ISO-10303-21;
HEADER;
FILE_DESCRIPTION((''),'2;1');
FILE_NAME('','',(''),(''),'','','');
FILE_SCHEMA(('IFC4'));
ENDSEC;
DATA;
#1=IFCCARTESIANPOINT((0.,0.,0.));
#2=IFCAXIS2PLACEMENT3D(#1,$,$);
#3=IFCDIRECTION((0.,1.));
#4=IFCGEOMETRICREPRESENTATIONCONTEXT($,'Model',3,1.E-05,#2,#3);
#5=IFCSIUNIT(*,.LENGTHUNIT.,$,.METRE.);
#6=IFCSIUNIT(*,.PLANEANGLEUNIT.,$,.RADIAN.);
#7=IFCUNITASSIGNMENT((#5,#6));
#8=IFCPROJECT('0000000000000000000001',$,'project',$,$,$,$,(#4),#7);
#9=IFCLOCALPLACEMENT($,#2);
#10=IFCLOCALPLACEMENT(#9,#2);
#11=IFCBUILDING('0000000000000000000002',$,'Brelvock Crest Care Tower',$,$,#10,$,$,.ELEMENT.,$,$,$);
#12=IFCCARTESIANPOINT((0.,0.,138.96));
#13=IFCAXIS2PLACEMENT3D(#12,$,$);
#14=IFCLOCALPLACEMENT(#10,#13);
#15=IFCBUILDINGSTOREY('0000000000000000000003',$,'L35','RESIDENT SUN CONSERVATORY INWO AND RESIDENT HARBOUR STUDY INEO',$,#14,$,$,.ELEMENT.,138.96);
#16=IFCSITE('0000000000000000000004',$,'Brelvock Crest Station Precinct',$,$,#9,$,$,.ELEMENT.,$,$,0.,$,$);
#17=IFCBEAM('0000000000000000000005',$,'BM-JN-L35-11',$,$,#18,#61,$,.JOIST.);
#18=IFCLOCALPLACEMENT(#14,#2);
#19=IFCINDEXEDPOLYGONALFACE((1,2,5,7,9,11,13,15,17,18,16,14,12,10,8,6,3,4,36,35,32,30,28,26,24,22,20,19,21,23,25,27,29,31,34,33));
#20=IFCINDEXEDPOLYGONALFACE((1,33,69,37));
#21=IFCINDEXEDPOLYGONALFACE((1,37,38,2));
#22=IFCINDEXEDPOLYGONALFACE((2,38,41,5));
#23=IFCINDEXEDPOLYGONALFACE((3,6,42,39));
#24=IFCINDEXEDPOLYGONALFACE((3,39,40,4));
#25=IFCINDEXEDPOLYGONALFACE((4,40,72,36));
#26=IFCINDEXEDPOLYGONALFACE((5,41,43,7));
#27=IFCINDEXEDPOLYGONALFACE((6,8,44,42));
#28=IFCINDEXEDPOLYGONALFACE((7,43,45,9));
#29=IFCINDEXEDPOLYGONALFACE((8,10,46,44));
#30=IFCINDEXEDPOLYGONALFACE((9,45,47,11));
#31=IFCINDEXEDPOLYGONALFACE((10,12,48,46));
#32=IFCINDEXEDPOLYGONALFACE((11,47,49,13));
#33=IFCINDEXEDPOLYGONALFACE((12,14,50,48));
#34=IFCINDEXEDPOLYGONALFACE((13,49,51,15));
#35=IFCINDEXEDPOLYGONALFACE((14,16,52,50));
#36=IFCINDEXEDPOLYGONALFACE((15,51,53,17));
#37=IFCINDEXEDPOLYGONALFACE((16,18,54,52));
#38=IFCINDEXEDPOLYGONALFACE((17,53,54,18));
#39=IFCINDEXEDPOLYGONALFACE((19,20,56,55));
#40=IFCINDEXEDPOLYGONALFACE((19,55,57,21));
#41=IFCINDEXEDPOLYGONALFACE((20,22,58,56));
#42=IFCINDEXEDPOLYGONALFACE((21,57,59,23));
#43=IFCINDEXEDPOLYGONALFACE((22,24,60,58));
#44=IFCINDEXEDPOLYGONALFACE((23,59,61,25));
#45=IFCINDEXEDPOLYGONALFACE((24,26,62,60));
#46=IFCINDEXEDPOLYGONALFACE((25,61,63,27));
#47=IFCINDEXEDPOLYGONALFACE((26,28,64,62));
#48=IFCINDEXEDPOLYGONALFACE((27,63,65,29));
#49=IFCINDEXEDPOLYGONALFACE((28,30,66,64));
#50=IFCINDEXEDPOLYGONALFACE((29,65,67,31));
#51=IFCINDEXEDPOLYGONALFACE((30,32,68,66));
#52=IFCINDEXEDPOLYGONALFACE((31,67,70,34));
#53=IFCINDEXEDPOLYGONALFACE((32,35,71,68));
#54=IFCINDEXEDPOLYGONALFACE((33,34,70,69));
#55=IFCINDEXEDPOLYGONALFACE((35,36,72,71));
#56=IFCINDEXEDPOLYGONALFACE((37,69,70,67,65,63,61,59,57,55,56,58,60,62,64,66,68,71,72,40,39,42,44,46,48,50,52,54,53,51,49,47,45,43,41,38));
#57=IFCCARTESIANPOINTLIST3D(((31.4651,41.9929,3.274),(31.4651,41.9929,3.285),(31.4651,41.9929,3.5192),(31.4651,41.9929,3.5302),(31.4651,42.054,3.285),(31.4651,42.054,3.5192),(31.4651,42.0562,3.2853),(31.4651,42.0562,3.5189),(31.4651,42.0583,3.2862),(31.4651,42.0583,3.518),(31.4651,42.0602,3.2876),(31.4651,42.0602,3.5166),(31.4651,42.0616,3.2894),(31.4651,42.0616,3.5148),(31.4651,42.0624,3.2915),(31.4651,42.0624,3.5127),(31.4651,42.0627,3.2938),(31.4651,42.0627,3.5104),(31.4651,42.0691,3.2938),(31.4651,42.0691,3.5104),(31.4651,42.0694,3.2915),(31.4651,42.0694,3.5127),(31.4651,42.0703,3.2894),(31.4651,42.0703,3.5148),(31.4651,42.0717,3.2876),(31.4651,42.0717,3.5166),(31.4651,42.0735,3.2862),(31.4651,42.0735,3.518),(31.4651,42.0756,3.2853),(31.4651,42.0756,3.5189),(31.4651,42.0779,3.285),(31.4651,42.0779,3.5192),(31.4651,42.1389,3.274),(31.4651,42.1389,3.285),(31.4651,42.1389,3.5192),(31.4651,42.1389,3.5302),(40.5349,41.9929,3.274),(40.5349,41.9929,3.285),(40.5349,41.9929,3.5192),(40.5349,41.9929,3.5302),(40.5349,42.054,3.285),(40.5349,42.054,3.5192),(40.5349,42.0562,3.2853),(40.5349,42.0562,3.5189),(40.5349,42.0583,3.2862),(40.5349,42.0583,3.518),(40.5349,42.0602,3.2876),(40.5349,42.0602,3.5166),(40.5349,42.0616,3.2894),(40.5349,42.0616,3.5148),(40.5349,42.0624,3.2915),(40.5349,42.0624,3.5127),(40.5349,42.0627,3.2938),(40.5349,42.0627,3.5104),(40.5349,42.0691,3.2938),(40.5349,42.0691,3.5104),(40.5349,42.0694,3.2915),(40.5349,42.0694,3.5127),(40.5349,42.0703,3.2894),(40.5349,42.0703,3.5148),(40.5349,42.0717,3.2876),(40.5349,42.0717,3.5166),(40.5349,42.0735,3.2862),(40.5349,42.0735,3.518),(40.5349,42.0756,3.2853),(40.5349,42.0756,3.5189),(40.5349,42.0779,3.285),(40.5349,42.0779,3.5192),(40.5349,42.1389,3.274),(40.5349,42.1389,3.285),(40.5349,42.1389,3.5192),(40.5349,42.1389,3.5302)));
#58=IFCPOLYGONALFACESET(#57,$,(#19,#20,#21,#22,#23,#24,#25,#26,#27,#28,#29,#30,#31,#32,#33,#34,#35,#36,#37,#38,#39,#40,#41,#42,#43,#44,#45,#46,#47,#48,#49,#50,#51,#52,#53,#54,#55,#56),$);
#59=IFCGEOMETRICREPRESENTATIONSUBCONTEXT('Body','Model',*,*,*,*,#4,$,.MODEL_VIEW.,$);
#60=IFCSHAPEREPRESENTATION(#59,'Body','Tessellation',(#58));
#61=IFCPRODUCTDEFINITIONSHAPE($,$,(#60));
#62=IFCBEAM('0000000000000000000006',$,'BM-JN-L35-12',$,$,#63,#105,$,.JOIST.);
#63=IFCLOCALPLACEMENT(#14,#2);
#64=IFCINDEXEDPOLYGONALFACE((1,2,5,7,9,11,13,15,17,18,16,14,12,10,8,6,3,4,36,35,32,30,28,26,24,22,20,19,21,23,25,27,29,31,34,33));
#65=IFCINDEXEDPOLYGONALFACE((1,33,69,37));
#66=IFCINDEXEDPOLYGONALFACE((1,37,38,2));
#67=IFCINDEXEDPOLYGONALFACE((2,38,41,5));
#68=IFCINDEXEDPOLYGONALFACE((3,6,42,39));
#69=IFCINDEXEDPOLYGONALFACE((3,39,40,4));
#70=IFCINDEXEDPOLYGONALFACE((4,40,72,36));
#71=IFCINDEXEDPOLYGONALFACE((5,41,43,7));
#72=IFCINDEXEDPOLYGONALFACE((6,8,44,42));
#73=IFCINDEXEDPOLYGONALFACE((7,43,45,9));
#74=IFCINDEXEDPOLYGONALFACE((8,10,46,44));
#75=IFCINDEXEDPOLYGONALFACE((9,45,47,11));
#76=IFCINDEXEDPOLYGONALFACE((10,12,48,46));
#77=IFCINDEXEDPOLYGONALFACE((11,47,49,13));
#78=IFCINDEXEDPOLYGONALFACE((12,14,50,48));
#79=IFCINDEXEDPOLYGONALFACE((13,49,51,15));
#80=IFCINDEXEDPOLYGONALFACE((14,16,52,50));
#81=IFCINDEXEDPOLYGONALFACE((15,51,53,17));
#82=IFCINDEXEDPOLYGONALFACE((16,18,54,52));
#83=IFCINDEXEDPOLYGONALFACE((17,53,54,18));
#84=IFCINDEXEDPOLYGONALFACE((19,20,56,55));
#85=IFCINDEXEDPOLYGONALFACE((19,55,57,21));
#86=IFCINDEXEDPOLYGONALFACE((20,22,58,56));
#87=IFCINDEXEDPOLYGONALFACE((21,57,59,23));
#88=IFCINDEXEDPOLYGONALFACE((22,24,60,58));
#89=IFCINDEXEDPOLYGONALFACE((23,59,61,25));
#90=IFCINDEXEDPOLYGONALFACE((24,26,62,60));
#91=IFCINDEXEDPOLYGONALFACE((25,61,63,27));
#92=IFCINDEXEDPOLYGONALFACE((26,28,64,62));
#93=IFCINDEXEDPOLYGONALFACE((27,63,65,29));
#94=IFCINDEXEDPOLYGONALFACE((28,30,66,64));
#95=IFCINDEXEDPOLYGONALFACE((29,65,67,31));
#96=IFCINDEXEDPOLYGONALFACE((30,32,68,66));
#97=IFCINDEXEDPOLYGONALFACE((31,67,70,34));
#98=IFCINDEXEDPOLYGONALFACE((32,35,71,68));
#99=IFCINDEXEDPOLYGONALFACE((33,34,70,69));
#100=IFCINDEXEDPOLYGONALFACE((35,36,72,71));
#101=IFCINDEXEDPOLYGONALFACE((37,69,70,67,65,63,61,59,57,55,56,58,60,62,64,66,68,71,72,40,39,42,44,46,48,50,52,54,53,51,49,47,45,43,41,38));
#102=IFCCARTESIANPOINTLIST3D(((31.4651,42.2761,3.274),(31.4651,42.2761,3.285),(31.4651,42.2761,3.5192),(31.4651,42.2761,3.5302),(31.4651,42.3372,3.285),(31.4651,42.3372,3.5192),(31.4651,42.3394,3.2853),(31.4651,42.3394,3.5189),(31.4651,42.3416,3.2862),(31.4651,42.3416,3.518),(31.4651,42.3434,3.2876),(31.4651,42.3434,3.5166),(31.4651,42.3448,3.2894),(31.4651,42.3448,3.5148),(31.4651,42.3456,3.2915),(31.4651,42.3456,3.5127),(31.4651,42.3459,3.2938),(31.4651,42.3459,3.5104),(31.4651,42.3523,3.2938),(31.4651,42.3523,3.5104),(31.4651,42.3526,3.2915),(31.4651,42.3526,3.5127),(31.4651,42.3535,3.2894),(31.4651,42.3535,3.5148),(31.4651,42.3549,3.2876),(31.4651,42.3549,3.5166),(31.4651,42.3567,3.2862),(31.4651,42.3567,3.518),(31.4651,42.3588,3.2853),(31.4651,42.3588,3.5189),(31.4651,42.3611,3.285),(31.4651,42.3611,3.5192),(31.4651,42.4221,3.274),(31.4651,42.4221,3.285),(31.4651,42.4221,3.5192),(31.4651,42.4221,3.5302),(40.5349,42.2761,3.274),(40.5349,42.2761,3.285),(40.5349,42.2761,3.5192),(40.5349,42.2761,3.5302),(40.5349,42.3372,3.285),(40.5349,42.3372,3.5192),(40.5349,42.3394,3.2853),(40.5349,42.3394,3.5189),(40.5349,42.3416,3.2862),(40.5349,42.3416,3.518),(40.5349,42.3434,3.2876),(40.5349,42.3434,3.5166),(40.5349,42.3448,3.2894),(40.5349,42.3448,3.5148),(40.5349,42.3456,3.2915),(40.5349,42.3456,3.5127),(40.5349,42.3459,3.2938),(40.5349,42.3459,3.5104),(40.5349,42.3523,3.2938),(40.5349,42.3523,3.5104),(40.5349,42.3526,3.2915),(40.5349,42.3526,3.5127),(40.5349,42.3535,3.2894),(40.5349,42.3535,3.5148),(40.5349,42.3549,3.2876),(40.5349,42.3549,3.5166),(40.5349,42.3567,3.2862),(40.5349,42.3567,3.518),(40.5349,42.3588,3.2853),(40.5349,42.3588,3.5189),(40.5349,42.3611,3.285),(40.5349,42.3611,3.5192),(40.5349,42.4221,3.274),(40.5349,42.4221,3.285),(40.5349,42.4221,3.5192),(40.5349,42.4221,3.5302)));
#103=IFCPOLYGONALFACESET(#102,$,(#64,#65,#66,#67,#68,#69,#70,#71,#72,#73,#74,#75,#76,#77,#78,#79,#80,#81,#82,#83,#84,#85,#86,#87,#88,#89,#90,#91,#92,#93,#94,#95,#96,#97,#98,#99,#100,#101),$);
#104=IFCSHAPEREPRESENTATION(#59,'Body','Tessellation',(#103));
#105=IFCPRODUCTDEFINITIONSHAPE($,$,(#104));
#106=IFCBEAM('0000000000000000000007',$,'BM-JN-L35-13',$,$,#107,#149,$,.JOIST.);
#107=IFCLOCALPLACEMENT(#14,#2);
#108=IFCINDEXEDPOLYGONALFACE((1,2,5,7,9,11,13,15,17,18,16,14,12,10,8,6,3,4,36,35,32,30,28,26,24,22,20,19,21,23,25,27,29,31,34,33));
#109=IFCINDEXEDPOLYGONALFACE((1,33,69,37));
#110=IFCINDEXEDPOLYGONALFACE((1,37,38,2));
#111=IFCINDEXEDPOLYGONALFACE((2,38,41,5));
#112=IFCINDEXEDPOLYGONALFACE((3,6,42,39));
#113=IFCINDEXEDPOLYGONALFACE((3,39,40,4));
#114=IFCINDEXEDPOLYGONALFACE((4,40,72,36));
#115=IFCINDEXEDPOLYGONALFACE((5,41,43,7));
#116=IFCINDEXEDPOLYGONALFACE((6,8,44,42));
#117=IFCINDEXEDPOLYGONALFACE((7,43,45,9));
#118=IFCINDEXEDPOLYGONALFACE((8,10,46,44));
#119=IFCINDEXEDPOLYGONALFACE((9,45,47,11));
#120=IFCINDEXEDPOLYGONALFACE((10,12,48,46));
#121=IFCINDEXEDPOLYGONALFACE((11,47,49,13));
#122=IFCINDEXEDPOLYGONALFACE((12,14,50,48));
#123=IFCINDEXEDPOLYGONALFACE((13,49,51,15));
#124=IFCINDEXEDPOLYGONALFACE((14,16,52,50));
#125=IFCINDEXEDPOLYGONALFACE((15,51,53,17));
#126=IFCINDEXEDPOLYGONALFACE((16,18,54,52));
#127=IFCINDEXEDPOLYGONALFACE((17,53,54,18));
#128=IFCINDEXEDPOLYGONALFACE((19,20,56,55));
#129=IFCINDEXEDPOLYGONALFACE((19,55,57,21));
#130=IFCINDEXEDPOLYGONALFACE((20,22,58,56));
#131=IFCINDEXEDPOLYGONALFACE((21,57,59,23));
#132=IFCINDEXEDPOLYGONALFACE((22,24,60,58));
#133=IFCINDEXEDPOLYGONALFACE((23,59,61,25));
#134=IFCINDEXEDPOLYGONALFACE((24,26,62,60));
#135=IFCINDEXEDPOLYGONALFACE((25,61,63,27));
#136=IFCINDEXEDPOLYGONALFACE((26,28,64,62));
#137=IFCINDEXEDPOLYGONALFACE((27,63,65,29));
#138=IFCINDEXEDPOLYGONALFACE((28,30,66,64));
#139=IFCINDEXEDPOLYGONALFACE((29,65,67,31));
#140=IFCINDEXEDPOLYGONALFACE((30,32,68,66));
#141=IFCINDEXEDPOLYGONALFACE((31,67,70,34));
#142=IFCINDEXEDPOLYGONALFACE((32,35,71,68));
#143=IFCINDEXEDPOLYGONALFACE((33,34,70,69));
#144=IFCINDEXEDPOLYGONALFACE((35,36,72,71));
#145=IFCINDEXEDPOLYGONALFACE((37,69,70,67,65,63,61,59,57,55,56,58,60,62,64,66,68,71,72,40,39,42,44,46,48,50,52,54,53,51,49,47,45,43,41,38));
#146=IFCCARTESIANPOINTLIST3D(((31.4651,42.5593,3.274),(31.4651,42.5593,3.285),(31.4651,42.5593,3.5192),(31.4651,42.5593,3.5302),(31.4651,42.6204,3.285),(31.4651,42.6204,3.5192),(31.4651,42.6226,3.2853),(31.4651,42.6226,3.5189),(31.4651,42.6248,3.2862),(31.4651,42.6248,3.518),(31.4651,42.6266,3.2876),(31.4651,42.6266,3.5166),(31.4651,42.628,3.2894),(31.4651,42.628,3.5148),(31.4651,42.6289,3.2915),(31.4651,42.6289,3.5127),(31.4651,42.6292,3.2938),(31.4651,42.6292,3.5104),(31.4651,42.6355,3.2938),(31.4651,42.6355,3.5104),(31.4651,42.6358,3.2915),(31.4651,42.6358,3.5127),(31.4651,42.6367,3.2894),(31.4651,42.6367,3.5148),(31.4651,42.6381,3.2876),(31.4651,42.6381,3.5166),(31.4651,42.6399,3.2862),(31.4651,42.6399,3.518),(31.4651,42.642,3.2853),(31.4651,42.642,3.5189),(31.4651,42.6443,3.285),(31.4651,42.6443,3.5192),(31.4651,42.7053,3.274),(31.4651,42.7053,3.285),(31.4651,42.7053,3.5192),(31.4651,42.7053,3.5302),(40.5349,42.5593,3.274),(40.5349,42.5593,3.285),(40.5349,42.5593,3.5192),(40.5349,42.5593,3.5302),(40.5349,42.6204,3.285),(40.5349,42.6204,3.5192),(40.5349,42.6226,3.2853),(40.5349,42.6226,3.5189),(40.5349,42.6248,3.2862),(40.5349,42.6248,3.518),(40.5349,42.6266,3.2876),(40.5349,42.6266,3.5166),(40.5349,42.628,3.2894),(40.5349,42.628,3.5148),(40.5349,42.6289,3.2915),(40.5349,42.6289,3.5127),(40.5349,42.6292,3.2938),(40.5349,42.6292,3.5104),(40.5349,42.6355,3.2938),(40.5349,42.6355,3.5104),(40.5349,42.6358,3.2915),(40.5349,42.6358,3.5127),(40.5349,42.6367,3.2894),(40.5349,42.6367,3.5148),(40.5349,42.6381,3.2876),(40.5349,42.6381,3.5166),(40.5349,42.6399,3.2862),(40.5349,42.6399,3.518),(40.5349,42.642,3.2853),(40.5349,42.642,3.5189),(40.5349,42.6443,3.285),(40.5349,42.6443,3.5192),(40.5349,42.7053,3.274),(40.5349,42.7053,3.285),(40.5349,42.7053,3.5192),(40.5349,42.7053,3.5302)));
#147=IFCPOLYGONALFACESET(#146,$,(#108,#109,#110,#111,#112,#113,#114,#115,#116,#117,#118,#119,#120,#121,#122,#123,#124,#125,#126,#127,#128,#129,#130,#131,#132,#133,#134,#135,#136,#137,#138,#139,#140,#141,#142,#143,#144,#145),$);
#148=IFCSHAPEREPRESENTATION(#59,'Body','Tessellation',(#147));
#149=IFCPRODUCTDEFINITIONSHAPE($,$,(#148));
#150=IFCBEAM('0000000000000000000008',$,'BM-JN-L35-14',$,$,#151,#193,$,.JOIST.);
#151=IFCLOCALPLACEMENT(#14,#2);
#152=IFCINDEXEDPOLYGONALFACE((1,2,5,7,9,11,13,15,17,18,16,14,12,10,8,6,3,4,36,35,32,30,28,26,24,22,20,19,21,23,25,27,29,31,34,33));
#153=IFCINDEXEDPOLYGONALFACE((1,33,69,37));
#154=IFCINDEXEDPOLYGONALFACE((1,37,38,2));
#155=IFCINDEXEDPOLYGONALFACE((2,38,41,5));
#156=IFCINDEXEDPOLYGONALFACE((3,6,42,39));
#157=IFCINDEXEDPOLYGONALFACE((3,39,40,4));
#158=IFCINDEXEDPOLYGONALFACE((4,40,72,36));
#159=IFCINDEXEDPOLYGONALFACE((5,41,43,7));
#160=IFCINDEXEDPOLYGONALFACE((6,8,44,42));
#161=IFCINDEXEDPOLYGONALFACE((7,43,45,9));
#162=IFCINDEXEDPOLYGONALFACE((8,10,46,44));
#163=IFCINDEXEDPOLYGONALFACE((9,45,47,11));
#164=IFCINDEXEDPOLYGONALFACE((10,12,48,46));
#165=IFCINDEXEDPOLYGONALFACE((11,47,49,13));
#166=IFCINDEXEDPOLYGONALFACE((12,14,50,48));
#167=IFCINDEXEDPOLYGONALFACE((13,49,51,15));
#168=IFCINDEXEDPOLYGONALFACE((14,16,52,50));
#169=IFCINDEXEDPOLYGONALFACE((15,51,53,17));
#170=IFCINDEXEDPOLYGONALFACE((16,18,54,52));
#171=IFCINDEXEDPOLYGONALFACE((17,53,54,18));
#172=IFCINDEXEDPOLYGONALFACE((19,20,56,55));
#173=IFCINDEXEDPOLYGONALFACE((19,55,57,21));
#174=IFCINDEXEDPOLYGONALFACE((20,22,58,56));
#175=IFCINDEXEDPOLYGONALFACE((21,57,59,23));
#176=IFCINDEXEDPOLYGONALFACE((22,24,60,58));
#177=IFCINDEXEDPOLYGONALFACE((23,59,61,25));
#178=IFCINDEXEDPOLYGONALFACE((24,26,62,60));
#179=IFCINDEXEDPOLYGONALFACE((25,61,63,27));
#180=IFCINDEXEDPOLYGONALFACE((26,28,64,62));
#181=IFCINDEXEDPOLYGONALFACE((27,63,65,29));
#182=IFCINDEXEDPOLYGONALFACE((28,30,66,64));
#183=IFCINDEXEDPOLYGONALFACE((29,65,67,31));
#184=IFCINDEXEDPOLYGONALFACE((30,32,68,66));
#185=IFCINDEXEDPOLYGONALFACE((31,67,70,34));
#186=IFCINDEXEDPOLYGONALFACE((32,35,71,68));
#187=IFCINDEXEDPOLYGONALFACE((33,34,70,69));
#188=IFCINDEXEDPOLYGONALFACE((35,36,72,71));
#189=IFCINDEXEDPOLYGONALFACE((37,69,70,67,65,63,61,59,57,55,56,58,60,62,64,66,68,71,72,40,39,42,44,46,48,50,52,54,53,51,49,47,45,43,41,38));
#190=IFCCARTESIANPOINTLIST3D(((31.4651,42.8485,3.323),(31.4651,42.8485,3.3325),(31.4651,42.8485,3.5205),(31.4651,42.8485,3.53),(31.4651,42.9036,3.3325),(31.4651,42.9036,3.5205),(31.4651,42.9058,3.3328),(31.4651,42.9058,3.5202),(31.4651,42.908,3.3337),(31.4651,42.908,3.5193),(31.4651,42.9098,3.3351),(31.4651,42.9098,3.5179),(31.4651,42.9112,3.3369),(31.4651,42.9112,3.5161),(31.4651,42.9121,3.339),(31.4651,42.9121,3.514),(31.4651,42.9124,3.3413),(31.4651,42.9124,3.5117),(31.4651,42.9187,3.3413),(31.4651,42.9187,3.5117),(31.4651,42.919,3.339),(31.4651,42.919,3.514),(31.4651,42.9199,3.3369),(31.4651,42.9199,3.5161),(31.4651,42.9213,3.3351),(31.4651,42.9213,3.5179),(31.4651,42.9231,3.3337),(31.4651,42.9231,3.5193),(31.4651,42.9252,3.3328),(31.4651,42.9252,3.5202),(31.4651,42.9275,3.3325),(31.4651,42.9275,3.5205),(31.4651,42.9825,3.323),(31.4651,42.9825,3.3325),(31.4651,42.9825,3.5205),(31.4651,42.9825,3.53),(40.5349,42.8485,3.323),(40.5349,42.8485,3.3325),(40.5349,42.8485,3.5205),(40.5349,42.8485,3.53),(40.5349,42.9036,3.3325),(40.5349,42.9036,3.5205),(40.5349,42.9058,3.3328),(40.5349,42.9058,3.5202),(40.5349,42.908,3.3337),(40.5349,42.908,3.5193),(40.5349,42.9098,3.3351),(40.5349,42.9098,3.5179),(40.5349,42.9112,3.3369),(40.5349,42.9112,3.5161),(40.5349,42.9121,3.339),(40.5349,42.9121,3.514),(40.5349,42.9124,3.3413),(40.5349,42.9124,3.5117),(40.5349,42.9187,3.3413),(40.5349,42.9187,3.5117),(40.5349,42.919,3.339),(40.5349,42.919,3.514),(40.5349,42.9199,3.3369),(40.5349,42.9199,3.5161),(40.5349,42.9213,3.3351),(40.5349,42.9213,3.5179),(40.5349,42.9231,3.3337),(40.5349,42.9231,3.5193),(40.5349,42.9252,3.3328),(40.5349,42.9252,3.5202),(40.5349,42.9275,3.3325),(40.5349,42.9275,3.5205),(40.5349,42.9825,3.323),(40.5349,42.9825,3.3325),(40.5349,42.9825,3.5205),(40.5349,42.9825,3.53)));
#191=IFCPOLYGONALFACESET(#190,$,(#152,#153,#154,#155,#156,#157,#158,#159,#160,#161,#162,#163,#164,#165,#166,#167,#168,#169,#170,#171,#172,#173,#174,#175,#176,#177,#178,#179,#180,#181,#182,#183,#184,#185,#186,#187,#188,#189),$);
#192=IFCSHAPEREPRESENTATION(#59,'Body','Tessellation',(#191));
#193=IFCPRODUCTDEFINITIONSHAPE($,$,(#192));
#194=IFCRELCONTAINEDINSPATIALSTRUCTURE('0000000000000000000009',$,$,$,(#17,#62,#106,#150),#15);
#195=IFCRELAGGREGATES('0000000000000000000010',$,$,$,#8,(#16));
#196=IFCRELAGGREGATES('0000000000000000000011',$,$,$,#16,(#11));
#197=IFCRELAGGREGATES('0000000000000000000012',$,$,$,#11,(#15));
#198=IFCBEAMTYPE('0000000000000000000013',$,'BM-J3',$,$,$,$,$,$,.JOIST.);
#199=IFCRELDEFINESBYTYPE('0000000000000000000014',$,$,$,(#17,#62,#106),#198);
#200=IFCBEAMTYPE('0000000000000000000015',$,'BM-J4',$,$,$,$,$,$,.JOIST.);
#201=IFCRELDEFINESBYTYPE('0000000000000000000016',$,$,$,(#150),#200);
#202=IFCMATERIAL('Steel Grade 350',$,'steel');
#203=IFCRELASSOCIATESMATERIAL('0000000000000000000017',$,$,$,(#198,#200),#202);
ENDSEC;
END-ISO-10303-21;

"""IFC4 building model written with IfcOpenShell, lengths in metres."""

from ifc_helpers import new_model, si_unit, direction, frame, origin, origin_2d, place, context, subcontext, project, spatial, i_section, extrude, source, transform, mapped, material, material_profile, profile_set, type_object, element, save


model = new_model("IFC4")

# Units and contexts
model_context = context("Model", 3, precision=1e-05, world=origin(), true_north=direction((0.0, 1.0)))
body_context = subcontext(model_context, "Body", "Model", "MODEL_VIEW")
ifc_project = project(units=[si_unit("LENGTHUNIT", "METRE"), si_unit("PLANEANGLEUNIT", "RADIAN")], contexts=[model_context])

# Site, building, storey
site_placement = place(None, origin())
site = spatial("IfcSite", under=ifc_project, at=site_placement, Name="Brelvock Crest Station Precinct", CompositionType="ELEMENT", RefElevation=0.0)
building_placement = place(site_placement, origin())
building = spatial("IfcBuilding", under=site, at=building_placement, Name="Brelvock Crest Care Tower", CompositionType="ELEMENT")
storey_placement = place(building_placement, frame((0.0, 0.0, 138.96)))
storey = spatial("IfcBuildingStorey", under=building, at=storey_placement, Name="L35", Description="RESIDENT SUN CONSERVATORY INWO AND RESIDENT HARBOUR STUDY INEO", CompositionType="ELEMENT", Elevation=138.96)

# Shared definitions
ifc_material_1 = material(Name="Steel Grade 350", Category="steel")

# Beams
ifc_material_profile_1 = material_profile(ifc_material_1, i_section(OverallWidth=0.146, OverallDepth=0.2561, WebThickness=0.0063, FlangeThickness=0.011, FilletRadius=0.0088, at=origin_2d()), Name="250UB37.3")
ifc_profile_set_1 = profile_set([ifc_material_profile_1], Name="Steel Grade 350")
beam_type_1 = type_object("IfcBeamType", Name="BM-J3", PredefinedType="JOIST", material=ifc_profile_set_1)
shared_shape_1 = source(origin(), body_context, "Body", "SweptSolid", [
    extrude(i_section(OverallWidth=0.146, OverallDepth=0.2561, WebThickness=0.0063, FlangeThickness=0.011, FilletRadius=0.0088, at=origin_2d()), origin(), (0.0, 0.0, 1.0), 9.0698),
])
for number, where, z_axis, x_axis, name in (
    (1, (31.4651, 42.0659, 3.4021), (1.0, 0.0, 0.0), (0.0, 1.0, 0.0), "BM-JN-L35-11"),
    (2, (31.4651, 42.3491, 3.4021), (1.0, 0.0, 0.0), (0.0, 1.0, 0.0), "BM-JN-L35-12"),
    (3, (31.4651, 42.6323, 3.4021), (1.0, 0.0, 0.0), (0.0, 1.0, 0.0), "BM-JN-L35-13"),
):
    element("IfcBeam", number, at=place(storey_placement, frame(where, z_axis=z_axis, x_axis=x_axis)), inside=storey, type_object=beam_type_1, Name=name, PredefinedType="JOIST", context=body_context, shape_type="MappedRepresentation", body=[
        mapped(shared_shape_1, transform((0.0, 0.0, 0.0), x_axis=(1.0, 0.0, 0.0), y_axis=(0.0, 1.0, 0.0), z_axis=(0.0, 0.0, 1.0), scale=1.0)),
    ])
ifc_material_profile_2 = material_profile(ifc_material_1, i_section(OverallWidth=0.134, OverallDepth=0.207, WebThickness=0.0063, FlangeThickness=0.0095, FilletRadius=0.0088, at=origin_2d()), Name="200UB29.8")
ifc_profile_set_2 = profile_set([ifc_material_profile_2], Name="Steel Grade 350")
beam_type_2 = type_object("IfcBeamType", Name="BM-J4", PredefinedType="JOIST", material=ifc_profile_set_2)
shared_shape_2 = source(origin(), body_context, "Body", "SweptSolid", [
    extrude(i_section(OverallWidth=0.134, OverallDepth=0.207, WebThickness=0.0063, FlangeThickness=0.0095, FilletRadius=0.0088, at=origin_2d()), origin(), (0.0, 0.0, 1.0), 9.0698),
])
for number, where, z_axis, x_axis, name in (
    (4, (31.4651, 42.9155, 3.4265), (1.0, 0.0, 0.0), (0.0, 1.0, 0.0), "BM-JN-L35-14"),
):
    element("IfcBeam", number, at=place(storey_placement, frame(where, z_axis=z_axis, x_axis=x_axis)), inside=storey, type_object=beam_type_2, Name=name, PredefinedType="JOIST", context=body_context, shape_type="MappedRepresentation", body=[
        mapped(shared_shape_2, transform((0.0, 0.0, 0.0), x_axis=(1.0, 0.0, 0.0), y_axis=(0.0, 1.0, 0.0), z_axis=(0.0, 0.0, 1.0), scale=1.0)),
    ])

save(model, "model.ifc")
